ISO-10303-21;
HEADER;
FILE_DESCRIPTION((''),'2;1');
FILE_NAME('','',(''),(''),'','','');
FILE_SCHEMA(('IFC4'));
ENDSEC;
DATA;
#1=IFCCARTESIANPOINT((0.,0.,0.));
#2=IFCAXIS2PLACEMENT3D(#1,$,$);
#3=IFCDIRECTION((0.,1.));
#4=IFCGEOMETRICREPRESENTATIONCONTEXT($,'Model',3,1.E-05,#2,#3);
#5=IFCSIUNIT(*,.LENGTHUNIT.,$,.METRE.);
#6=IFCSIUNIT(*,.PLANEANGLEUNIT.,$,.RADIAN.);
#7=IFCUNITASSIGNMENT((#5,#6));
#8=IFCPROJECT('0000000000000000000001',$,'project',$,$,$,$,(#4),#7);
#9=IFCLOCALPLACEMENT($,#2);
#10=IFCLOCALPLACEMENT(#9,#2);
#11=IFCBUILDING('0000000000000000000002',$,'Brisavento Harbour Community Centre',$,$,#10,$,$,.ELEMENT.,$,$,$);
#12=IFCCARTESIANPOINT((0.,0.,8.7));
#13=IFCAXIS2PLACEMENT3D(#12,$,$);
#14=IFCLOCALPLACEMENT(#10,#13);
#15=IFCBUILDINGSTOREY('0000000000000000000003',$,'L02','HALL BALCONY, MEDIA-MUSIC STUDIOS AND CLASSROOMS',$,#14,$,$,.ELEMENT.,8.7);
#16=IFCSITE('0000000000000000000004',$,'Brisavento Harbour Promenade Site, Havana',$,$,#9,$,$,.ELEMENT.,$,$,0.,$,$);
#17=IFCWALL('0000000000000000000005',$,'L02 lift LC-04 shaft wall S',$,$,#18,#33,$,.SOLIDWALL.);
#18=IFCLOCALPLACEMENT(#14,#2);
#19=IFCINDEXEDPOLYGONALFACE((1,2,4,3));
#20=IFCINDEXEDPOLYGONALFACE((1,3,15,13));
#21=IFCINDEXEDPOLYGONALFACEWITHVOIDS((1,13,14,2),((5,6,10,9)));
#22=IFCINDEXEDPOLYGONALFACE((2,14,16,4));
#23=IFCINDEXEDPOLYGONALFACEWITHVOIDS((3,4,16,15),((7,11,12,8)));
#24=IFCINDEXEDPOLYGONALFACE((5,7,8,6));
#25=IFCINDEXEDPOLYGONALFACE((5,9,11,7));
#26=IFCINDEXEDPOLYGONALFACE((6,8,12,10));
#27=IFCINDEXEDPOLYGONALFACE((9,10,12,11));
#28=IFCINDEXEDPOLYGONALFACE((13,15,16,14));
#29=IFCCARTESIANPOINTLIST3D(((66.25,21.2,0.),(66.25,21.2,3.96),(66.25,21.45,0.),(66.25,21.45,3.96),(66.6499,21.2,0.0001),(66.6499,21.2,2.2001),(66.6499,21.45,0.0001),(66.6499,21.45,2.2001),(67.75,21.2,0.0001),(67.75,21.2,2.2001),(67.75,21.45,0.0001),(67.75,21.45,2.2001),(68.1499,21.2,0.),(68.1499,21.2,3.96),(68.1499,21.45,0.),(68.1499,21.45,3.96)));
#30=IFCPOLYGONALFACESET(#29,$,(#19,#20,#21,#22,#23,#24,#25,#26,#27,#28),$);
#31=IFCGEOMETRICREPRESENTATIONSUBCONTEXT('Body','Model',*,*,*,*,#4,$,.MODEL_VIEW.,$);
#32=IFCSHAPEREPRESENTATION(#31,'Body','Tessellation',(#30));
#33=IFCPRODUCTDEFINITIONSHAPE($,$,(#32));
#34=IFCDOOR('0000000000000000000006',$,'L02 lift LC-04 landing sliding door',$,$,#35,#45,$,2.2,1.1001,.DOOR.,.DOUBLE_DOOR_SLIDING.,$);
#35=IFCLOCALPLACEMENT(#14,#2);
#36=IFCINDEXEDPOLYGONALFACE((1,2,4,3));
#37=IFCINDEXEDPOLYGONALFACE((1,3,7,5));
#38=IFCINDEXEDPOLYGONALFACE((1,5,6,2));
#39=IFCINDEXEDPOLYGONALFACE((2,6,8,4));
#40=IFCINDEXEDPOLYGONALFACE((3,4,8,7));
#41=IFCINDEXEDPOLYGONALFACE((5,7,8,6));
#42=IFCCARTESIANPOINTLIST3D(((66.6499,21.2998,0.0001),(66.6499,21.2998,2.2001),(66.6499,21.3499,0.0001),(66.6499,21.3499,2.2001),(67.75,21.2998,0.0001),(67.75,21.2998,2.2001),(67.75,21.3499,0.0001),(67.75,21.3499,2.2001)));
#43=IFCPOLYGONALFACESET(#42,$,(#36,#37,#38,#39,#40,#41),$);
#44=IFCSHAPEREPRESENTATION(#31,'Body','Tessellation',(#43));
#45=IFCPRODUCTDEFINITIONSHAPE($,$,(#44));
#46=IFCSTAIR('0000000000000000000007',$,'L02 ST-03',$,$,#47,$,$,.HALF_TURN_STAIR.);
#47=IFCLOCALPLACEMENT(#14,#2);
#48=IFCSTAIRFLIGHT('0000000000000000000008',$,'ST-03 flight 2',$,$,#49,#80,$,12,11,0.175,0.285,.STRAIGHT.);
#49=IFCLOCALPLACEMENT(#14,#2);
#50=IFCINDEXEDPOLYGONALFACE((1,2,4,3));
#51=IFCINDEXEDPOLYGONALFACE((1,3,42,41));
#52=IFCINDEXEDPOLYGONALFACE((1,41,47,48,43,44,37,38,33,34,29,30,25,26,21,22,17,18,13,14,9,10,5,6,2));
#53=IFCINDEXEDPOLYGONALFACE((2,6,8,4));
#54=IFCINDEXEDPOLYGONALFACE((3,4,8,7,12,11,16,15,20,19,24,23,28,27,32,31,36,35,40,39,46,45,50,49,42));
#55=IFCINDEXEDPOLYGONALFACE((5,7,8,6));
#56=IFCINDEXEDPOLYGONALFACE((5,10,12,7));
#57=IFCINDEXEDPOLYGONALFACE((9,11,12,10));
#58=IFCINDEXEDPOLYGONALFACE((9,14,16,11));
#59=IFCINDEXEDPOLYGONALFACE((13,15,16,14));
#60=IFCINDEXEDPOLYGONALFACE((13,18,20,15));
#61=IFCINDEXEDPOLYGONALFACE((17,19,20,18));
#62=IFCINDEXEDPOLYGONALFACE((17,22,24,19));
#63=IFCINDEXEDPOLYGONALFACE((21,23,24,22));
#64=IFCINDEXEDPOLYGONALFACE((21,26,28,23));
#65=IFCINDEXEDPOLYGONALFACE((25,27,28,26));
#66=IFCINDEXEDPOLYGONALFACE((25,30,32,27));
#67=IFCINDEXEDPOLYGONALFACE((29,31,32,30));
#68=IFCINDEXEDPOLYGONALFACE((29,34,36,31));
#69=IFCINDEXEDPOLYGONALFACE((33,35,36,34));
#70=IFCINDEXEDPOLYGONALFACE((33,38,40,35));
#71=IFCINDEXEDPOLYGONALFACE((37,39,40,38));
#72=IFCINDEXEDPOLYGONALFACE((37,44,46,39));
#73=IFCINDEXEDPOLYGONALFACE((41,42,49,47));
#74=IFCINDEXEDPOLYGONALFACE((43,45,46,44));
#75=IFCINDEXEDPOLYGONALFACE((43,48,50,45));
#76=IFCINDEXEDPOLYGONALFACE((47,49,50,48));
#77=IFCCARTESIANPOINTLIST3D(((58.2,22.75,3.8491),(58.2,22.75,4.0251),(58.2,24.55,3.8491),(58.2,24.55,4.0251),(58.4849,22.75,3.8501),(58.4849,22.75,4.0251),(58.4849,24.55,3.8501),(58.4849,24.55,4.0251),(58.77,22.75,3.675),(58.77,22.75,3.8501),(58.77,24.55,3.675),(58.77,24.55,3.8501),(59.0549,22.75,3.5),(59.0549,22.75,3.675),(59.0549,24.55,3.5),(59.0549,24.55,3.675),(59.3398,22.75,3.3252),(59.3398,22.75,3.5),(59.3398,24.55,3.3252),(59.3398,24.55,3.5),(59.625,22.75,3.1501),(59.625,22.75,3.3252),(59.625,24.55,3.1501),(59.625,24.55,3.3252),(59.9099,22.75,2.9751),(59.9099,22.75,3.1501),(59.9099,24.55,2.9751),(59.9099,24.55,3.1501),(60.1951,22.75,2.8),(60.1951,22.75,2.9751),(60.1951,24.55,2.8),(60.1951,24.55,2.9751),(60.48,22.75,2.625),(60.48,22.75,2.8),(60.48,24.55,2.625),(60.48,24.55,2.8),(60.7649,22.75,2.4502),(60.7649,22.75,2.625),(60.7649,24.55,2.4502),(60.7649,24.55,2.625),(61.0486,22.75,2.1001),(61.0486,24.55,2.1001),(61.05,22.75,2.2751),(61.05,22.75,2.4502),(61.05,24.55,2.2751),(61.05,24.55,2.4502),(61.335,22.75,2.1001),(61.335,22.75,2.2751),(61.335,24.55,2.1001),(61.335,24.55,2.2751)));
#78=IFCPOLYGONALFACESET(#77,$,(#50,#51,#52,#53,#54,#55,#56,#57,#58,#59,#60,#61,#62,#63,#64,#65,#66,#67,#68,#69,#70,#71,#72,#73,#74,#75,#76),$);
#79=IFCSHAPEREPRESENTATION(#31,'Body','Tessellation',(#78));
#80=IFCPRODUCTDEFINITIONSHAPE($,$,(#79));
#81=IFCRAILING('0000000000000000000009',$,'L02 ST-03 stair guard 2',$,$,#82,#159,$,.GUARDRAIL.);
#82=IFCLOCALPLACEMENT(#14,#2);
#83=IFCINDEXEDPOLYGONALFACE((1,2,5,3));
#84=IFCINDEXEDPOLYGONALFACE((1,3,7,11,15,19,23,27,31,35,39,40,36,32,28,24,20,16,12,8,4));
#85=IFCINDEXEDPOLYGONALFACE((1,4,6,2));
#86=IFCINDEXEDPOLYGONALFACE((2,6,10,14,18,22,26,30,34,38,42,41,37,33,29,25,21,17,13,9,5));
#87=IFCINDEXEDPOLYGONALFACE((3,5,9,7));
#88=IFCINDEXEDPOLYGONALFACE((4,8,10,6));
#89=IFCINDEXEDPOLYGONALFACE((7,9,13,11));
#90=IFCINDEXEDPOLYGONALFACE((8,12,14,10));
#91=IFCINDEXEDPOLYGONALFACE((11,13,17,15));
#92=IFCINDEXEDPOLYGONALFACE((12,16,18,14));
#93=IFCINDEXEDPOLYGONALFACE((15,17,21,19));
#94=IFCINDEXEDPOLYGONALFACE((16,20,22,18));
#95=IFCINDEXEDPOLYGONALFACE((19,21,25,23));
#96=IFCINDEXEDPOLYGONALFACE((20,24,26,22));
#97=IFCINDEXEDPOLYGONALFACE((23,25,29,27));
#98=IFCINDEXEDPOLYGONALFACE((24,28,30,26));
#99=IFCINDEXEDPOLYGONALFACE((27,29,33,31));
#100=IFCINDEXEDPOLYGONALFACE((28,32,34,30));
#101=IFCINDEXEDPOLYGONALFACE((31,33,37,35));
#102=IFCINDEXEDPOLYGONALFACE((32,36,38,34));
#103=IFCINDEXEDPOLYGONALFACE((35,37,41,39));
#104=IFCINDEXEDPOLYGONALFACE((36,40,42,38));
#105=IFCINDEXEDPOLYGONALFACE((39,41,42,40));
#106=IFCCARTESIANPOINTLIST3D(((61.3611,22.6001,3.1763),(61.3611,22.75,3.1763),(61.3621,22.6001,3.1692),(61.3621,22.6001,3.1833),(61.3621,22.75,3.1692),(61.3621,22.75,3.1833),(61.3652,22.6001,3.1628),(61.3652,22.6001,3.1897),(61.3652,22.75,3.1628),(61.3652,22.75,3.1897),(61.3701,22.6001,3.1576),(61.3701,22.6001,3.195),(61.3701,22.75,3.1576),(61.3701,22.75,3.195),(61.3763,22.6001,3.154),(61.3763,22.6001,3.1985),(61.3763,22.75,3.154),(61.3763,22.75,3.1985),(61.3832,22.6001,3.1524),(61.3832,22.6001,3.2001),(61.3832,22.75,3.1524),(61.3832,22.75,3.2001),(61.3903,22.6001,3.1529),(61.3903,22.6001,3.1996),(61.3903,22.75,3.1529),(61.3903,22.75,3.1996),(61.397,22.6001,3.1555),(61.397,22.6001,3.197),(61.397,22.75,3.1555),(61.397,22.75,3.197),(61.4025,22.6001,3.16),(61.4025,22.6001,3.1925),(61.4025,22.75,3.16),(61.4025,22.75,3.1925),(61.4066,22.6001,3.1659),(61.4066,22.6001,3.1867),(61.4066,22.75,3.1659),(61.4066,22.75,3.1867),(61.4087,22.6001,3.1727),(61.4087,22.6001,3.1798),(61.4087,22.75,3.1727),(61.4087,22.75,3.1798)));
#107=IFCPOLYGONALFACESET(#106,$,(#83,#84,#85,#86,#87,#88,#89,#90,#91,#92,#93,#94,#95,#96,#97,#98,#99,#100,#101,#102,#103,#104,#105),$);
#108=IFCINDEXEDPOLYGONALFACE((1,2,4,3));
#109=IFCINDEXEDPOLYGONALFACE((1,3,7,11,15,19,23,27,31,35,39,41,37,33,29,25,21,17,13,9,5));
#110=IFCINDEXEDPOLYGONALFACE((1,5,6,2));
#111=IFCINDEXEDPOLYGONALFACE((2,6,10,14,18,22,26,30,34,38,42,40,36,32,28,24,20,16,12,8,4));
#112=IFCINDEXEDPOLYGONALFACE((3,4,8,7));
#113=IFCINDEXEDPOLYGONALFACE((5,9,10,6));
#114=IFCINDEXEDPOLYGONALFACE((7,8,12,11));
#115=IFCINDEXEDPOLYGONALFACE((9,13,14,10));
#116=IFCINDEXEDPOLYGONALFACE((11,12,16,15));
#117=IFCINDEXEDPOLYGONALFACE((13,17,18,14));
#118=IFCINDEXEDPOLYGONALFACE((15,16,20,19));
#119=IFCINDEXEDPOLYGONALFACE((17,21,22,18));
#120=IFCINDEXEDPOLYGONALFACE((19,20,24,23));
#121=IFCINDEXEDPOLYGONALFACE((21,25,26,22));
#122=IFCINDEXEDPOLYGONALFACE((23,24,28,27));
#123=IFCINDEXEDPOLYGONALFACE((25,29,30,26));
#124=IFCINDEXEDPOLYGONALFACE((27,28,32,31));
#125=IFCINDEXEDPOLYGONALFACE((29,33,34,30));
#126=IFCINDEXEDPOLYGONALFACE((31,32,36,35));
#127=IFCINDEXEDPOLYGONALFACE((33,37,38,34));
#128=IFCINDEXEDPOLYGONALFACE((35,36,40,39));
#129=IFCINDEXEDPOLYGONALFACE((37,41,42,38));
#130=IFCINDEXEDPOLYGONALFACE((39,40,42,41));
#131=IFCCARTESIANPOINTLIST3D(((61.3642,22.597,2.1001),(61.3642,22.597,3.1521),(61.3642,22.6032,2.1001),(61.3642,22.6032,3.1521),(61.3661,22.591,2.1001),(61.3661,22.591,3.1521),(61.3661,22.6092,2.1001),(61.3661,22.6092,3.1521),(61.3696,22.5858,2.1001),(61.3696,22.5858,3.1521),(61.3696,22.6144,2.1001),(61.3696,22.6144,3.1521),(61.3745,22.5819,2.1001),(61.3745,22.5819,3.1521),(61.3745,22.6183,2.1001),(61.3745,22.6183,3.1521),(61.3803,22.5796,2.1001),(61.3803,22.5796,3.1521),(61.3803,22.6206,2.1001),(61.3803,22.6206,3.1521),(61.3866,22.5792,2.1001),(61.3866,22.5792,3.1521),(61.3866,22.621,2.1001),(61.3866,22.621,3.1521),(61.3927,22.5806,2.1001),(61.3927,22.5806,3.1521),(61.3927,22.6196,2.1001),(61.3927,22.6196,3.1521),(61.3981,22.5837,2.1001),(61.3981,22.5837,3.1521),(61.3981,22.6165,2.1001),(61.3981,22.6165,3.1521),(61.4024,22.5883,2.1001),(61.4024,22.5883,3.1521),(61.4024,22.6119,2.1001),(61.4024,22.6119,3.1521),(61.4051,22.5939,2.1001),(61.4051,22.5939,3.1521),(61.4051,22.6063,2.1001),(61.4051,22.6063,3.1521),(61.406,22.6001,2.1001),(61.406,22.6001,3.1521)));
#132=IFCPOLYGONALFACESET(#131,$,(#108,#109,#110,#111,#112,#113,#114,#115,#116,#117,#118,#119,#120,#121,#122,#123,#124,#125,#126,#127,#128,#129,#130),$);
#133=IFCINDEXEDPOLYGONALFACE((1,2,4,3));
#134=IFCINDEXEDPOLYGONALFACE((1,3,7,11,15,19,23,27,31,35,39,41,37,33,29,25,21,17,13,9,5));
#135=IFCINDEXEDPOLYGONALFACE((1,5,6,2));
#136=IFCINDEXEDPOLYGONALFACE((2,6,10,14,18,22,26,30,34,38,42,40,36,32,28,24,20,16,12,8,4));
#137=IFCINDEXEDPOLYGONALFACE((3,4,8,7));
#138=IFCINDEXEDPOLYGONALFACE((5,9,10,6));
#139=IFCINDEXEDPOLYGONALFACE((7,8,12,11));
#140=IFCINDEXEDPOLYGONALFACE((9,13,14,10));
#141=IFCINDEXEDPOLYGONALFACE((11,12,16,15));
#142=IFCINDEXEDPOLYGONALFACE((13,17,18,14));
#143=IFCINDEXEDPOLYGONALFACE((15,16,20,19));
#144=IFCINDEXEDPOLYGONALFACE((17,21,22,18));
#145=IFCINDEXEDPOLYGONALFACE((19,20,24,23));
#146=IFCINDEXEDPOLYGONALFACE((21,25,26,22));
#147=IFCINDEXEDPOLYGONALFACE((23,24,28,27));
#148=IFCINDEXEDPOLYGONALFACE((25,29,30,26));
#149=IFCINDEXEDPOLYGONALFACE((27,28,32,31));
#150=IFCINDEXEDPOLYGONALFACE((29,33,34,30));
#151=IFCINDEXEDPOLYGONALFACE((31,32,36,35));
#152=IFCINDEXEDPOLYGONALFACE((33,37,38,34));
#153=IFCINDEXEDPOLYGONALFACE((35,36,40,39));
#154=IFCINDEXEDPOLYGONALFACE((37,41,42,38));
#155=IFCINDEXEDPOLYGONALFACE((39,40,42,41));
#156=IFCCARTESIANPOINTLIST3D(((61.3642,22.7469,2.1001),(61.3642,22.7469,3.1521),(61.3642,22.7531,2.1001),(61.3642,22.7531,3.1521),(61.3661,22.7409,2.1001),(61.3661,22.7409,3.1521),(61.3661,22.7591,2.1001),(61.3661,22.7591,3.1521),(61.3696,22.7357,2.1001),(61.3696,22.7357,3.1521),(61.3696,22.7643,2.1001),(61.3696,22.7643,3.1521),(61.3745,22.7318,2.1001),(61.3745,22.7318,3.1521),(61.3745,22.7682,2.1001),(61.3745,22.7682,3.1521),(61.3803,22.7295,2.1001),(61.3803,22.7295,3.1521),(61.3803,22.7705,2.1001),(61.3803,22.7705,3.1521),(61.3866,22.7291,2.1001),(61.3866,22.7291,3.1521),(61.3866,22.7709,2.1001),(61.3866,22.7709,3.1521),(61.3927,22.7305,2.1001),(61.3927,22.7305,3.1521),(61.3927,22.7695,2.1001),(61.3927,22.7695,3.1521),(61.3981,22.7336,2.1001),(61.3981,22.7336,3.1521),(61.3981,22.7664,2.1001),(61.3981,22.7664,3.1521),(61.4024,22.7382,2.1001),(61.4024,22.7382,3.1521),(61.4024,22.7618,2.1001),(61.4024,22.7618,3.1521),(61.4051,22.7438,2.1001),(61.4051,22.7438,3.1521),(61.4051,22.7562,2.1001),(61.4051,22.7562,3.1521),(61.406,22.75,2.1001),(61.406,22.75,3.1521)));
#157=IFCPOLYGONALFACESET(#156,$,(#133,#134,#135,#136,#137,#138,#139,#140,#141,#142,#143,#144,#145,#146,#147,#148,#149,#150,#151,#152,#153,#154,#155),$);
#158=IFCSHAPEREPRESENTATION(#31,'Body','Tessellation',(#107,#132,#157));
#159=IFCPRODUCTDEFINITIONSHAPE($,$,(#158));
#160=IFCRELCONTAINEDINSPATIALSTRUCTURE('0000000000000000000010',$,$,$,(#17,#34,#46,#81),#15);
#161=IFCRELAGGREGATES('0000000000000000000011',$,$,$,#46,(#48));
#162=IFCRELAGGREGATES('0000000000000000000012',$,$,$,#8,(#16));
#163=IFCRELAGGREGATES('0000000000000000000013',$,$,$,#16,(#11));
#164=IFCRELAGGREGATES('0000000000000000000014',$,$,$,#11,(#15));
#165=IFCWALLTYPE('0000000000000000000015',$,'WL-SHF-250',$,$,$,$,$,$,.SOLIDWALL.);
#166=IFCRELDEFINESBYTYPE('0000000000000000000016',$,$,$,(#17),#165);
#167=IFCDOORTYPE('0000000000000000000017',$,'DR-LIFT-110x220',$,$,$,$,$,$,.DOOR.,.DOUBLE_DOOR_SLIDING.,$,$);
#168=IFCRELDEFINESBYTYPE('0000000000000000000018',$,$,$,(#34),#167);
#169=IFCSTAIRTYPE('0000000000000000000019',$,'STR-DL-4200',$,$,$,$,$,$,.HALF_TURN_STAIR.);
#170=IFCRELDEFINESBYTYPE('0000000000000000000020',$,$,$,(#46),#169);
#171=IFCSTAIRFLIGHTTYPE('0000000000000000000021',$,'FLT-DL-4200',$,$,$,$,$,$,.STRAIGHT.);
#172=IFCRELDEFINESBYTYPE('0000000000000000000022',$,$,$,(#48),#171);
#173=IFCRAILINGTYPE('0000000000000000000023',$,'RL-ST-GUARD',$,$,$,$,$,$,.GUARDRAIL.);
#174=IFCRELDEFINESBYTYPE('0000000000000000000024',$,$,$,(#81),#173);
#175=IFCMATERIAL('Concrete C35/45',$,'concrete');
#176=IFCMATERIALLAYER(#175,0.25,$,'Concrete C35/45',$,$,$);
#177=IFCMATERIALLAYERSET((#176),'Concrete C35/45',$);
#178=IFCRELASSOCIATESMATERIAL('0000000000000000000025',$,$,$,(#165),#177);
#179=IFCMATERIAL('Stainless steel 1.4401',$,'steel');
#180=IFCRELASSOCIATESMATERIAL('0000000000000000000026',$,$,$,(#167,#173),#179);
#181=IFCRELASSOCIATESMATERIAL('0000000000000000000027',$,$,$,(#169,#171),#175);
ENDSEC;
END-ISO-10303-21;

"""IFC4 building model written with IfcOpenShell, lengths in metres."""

from ifc_helpers import new_model, si_unit, direction, frame, frame_2d, origin, origin_2d, place, context, subcontext, project, spatial, polyline, rectangle, circle, outline, extrude, material, layer, layer_set, type_object, element, fill, aggregate, save


model = new_model("IFC4")

# Units and contexts
model_context = context("Model", 3, precision=1e-05, world=origin(), true_north=direction((0.0, 1.0)))
body_context = subcontext(model_context, "Body", "Model", "MODEL_VIEW")
ifc_project = project(units=[si_unit("LENGTHUNIT", "METRE"), si_unit("PLANEANGLEUNIT", "RADIAN")], contexts=[model_context])

# Site, building, storey
site_placement = place(None, origin())
site = spatial("IfcSite", under=ifc_project, at=site_placement, Name="Brisavento Harbour Promenade Site, Havana", CompositionType="ELEMENT", RefElevation=0.0)
building_placement = place(site_placement, origin())
building = spatial("IfcBuilding", under=site, at=building_placement, Name="Brisavento Harbour Community Centre", CompositionType="ELEMENT")
storey_placement = place(building_placement, frame((0.0, 0.0, 8.7)))
storey = spatial("IfcBuildingStorey", under=building, at=storey_placement, Name="L02", Description="HALL BALCONY, MEDIA-MUSIC STUDIOS AND CLASSROOMS", CompositionType="ELEMENT", Elevation=8.7)

# Shared definitions
ifc_material_1 = material(Name="Concrete C35/45", Category="concrete")

# Shared definitions
ifc_layer_1 = layer(ifc_material_1, 0.25, Name="Concrete C35/45")
ifc_layer_set_1 = layer_set([ifc_layer_1], Name="Concrete C35/45")
wall_type_1 = type_object("IfcWallType", Name="WL-SHF-250", PredefinedType="SOLIDWALL", material=ifc_layer_set_1)

# Wall, opening, door
wall_1_placement = place(storey_placement, frame((66.25, 21.325, 0.0), z_axis=(0.0, 0.0, 1.0), x_axis=(1.0, 0.0, 0.0)))
wall_1 = element("IfcWall", 1, at=wall_1_placement, inside=storey, type_object=wall_type_1, Name="L02 lift LC-04 shaft wall S", PredefinedType="SOLIDWALL", context=body_context, shape_type="SweptSolid", body=[
    extrude(rectangle(XDim=1.8999, YDim=0.25, at=frame_2d((0.95, 0.0))), origin(), (0.0, 0.0, 1.0), 3.96),
])
opening_placement = place(wall_1_placement, frame((0.3999, 0.0, 0.0)))
opening = element("IfcOpeningElement", 2, at=opening_placement, cuts=wall_1, PredefinedType="OPENING", context=body_context, shape_type="SweptSolid", body=[
    extrude(rectangle(XDim=1.1001, YDim=2.2, at=frame_2d((0.55, 1.1001))), frame((0.0, 0.135, 0.0), z_axis=(0.0, -1.0, 0.0), x_axis=(1.0, 0.0, 0.0)), (0.0, 0.0, 1.0), 0.27),
])
ifc_material_2 = material(Name="Stainless steel 1.4401", Category="steel")
door_type = type_object("IfcDoorType", Name="DR-LIFT-110x220", OperationType="DOUBLE_DOOR_SLIDING", PredefinedType="DOOR", material=ifc_material_2)
door_placement = place(opening_placement, origin())
door = element("IfcDoor", 3, at=door_placement, inside=storey, type_object=door_type, Name="L02 lift LC-04 landing sliding door", OperationType="DOUBLE_DOOR_SLIDING", OverallHeight=2.2, OverallWidth=1.1001, PredefinedType="DOOR", context=body_context, shape_type="SweptSolid", body=[
    extrude(rectangle(XDim=1.1001, YDim=2.2, at=frame_2d((0.55, 1.1001))), frame((0.0, 0.0249, 0.0), z_axis=(0.0, -1.0, 0.0), x_axis=(1.0, 0.0, 0.0)), (0.0, 0.0, 1.0), 0.05),
])
fill(opening, door)

# Stair, stair flight
stair_type = type_object("IfcStairType", Name="STR-DL-4200", PredefinedType="HALF_TURN_STAIR", material=ifc_material_1)
stair_placement = place(storey_placement, origin())
stair = element("IfcStair", 4, at=stair_placement, inside=storey, type_object=stair_type, Name="L02 ST-03", PredefinedType="HALF_TURN_STAIR")
stair_flight_type = type_object("IfcStairFlightType", Name="FLT-DL-4200", PredefinedType="STRAIGHT", material=ifc_material_1)
stair_flight_placement = place(storey_placement, frame((61.335, 23.6499, 2.1001), z_axis=(0.0, 0.0, 1.0), x_axis=(-1.0, 0.0, 0.0)))
stair_flight = element("IfcStairFlight", 5, at=stair_flight_placement, type_object=stair_flight_type, Name="ST-03 flight 2", NumberOfRisers=12, NumberOfTreads=11, PredefinedType="STRAIGHT", RiserHeight=0.175, TreadLength=0.285, context=body_context, shape_type="SweptSolid", body=[
    extrude(outline(polyline([(0.0, 0.0), (0.0, 0.175), (0.2849, 0.175), (0.2849, 0.3501), (0.5701, 0.3501), (0.5701, 0.5249), (0.855, 0.5249), (0.855, 0.7), (1.1399, 0.7), (1.1399, 0.875), (1.425, 0.875), (1.425, 1.05), (1.71, 1.05), (1.71, 1.2251), (1.9951, 1.2251), (1.9951, 1.3999), (2.28, 1.3999), (2.28, 1.575), (2.5649, 1.575), (2.5649, 1.75), (2.8501, 1.75), (2.8501, 1.925), (3.135, 1.925), (3.135, 2.1001), (3.135, 1.749), (0.2864, 0.0), (0.0, 0.0)])), frame((0.0, 0.8999, 0.0), z_axis=(0.0, -1.0, 0.0), x_axis=(1.0, 0.0, 0.0)), (0.0, 0.0, 1.0), 1.8),
])
aggregate(stair, [stair_flight])

# Railing
railing_type_1 = type_object("IfcRailingType", Name="RL-ST-GUARD", PredefinedType="GUARDRAIL", material=ifc_material_2)
railing_1_placement = place(storey_placement, frame((61.385, 22.6001, 2.1001)))
element("IfcRailing", 6, at=railing_1_placement, inside=storey, type_object=railing_type_1, Name="L02 ST-03 stair guard 2", PredefinedType="GUARDRAIL", context=body_context, shape_type="SweptSolid", body=[
    extrude(circle(Radius=0.0239, at=origin_2d()), frame((0.0, 0.0, 1.0762), z_axis=(0.0, 1.0, 0.0), x_axis=(-1.0, 0.0, 0.0)), (0.0, 0.0, 1.0), 0.1499),
    extrude(circle(Radius=0.021, at=origin_2d()), origin(), (0.0, 0.0, 1.0), 1.052),
    extrude(circle(Radius=0.021, at=origin_2d()), frame((0.0, 0.1499, 0.0)), (0.0, 0.0, 1.0), 1.052),
])

save(model, "model.ifc")
